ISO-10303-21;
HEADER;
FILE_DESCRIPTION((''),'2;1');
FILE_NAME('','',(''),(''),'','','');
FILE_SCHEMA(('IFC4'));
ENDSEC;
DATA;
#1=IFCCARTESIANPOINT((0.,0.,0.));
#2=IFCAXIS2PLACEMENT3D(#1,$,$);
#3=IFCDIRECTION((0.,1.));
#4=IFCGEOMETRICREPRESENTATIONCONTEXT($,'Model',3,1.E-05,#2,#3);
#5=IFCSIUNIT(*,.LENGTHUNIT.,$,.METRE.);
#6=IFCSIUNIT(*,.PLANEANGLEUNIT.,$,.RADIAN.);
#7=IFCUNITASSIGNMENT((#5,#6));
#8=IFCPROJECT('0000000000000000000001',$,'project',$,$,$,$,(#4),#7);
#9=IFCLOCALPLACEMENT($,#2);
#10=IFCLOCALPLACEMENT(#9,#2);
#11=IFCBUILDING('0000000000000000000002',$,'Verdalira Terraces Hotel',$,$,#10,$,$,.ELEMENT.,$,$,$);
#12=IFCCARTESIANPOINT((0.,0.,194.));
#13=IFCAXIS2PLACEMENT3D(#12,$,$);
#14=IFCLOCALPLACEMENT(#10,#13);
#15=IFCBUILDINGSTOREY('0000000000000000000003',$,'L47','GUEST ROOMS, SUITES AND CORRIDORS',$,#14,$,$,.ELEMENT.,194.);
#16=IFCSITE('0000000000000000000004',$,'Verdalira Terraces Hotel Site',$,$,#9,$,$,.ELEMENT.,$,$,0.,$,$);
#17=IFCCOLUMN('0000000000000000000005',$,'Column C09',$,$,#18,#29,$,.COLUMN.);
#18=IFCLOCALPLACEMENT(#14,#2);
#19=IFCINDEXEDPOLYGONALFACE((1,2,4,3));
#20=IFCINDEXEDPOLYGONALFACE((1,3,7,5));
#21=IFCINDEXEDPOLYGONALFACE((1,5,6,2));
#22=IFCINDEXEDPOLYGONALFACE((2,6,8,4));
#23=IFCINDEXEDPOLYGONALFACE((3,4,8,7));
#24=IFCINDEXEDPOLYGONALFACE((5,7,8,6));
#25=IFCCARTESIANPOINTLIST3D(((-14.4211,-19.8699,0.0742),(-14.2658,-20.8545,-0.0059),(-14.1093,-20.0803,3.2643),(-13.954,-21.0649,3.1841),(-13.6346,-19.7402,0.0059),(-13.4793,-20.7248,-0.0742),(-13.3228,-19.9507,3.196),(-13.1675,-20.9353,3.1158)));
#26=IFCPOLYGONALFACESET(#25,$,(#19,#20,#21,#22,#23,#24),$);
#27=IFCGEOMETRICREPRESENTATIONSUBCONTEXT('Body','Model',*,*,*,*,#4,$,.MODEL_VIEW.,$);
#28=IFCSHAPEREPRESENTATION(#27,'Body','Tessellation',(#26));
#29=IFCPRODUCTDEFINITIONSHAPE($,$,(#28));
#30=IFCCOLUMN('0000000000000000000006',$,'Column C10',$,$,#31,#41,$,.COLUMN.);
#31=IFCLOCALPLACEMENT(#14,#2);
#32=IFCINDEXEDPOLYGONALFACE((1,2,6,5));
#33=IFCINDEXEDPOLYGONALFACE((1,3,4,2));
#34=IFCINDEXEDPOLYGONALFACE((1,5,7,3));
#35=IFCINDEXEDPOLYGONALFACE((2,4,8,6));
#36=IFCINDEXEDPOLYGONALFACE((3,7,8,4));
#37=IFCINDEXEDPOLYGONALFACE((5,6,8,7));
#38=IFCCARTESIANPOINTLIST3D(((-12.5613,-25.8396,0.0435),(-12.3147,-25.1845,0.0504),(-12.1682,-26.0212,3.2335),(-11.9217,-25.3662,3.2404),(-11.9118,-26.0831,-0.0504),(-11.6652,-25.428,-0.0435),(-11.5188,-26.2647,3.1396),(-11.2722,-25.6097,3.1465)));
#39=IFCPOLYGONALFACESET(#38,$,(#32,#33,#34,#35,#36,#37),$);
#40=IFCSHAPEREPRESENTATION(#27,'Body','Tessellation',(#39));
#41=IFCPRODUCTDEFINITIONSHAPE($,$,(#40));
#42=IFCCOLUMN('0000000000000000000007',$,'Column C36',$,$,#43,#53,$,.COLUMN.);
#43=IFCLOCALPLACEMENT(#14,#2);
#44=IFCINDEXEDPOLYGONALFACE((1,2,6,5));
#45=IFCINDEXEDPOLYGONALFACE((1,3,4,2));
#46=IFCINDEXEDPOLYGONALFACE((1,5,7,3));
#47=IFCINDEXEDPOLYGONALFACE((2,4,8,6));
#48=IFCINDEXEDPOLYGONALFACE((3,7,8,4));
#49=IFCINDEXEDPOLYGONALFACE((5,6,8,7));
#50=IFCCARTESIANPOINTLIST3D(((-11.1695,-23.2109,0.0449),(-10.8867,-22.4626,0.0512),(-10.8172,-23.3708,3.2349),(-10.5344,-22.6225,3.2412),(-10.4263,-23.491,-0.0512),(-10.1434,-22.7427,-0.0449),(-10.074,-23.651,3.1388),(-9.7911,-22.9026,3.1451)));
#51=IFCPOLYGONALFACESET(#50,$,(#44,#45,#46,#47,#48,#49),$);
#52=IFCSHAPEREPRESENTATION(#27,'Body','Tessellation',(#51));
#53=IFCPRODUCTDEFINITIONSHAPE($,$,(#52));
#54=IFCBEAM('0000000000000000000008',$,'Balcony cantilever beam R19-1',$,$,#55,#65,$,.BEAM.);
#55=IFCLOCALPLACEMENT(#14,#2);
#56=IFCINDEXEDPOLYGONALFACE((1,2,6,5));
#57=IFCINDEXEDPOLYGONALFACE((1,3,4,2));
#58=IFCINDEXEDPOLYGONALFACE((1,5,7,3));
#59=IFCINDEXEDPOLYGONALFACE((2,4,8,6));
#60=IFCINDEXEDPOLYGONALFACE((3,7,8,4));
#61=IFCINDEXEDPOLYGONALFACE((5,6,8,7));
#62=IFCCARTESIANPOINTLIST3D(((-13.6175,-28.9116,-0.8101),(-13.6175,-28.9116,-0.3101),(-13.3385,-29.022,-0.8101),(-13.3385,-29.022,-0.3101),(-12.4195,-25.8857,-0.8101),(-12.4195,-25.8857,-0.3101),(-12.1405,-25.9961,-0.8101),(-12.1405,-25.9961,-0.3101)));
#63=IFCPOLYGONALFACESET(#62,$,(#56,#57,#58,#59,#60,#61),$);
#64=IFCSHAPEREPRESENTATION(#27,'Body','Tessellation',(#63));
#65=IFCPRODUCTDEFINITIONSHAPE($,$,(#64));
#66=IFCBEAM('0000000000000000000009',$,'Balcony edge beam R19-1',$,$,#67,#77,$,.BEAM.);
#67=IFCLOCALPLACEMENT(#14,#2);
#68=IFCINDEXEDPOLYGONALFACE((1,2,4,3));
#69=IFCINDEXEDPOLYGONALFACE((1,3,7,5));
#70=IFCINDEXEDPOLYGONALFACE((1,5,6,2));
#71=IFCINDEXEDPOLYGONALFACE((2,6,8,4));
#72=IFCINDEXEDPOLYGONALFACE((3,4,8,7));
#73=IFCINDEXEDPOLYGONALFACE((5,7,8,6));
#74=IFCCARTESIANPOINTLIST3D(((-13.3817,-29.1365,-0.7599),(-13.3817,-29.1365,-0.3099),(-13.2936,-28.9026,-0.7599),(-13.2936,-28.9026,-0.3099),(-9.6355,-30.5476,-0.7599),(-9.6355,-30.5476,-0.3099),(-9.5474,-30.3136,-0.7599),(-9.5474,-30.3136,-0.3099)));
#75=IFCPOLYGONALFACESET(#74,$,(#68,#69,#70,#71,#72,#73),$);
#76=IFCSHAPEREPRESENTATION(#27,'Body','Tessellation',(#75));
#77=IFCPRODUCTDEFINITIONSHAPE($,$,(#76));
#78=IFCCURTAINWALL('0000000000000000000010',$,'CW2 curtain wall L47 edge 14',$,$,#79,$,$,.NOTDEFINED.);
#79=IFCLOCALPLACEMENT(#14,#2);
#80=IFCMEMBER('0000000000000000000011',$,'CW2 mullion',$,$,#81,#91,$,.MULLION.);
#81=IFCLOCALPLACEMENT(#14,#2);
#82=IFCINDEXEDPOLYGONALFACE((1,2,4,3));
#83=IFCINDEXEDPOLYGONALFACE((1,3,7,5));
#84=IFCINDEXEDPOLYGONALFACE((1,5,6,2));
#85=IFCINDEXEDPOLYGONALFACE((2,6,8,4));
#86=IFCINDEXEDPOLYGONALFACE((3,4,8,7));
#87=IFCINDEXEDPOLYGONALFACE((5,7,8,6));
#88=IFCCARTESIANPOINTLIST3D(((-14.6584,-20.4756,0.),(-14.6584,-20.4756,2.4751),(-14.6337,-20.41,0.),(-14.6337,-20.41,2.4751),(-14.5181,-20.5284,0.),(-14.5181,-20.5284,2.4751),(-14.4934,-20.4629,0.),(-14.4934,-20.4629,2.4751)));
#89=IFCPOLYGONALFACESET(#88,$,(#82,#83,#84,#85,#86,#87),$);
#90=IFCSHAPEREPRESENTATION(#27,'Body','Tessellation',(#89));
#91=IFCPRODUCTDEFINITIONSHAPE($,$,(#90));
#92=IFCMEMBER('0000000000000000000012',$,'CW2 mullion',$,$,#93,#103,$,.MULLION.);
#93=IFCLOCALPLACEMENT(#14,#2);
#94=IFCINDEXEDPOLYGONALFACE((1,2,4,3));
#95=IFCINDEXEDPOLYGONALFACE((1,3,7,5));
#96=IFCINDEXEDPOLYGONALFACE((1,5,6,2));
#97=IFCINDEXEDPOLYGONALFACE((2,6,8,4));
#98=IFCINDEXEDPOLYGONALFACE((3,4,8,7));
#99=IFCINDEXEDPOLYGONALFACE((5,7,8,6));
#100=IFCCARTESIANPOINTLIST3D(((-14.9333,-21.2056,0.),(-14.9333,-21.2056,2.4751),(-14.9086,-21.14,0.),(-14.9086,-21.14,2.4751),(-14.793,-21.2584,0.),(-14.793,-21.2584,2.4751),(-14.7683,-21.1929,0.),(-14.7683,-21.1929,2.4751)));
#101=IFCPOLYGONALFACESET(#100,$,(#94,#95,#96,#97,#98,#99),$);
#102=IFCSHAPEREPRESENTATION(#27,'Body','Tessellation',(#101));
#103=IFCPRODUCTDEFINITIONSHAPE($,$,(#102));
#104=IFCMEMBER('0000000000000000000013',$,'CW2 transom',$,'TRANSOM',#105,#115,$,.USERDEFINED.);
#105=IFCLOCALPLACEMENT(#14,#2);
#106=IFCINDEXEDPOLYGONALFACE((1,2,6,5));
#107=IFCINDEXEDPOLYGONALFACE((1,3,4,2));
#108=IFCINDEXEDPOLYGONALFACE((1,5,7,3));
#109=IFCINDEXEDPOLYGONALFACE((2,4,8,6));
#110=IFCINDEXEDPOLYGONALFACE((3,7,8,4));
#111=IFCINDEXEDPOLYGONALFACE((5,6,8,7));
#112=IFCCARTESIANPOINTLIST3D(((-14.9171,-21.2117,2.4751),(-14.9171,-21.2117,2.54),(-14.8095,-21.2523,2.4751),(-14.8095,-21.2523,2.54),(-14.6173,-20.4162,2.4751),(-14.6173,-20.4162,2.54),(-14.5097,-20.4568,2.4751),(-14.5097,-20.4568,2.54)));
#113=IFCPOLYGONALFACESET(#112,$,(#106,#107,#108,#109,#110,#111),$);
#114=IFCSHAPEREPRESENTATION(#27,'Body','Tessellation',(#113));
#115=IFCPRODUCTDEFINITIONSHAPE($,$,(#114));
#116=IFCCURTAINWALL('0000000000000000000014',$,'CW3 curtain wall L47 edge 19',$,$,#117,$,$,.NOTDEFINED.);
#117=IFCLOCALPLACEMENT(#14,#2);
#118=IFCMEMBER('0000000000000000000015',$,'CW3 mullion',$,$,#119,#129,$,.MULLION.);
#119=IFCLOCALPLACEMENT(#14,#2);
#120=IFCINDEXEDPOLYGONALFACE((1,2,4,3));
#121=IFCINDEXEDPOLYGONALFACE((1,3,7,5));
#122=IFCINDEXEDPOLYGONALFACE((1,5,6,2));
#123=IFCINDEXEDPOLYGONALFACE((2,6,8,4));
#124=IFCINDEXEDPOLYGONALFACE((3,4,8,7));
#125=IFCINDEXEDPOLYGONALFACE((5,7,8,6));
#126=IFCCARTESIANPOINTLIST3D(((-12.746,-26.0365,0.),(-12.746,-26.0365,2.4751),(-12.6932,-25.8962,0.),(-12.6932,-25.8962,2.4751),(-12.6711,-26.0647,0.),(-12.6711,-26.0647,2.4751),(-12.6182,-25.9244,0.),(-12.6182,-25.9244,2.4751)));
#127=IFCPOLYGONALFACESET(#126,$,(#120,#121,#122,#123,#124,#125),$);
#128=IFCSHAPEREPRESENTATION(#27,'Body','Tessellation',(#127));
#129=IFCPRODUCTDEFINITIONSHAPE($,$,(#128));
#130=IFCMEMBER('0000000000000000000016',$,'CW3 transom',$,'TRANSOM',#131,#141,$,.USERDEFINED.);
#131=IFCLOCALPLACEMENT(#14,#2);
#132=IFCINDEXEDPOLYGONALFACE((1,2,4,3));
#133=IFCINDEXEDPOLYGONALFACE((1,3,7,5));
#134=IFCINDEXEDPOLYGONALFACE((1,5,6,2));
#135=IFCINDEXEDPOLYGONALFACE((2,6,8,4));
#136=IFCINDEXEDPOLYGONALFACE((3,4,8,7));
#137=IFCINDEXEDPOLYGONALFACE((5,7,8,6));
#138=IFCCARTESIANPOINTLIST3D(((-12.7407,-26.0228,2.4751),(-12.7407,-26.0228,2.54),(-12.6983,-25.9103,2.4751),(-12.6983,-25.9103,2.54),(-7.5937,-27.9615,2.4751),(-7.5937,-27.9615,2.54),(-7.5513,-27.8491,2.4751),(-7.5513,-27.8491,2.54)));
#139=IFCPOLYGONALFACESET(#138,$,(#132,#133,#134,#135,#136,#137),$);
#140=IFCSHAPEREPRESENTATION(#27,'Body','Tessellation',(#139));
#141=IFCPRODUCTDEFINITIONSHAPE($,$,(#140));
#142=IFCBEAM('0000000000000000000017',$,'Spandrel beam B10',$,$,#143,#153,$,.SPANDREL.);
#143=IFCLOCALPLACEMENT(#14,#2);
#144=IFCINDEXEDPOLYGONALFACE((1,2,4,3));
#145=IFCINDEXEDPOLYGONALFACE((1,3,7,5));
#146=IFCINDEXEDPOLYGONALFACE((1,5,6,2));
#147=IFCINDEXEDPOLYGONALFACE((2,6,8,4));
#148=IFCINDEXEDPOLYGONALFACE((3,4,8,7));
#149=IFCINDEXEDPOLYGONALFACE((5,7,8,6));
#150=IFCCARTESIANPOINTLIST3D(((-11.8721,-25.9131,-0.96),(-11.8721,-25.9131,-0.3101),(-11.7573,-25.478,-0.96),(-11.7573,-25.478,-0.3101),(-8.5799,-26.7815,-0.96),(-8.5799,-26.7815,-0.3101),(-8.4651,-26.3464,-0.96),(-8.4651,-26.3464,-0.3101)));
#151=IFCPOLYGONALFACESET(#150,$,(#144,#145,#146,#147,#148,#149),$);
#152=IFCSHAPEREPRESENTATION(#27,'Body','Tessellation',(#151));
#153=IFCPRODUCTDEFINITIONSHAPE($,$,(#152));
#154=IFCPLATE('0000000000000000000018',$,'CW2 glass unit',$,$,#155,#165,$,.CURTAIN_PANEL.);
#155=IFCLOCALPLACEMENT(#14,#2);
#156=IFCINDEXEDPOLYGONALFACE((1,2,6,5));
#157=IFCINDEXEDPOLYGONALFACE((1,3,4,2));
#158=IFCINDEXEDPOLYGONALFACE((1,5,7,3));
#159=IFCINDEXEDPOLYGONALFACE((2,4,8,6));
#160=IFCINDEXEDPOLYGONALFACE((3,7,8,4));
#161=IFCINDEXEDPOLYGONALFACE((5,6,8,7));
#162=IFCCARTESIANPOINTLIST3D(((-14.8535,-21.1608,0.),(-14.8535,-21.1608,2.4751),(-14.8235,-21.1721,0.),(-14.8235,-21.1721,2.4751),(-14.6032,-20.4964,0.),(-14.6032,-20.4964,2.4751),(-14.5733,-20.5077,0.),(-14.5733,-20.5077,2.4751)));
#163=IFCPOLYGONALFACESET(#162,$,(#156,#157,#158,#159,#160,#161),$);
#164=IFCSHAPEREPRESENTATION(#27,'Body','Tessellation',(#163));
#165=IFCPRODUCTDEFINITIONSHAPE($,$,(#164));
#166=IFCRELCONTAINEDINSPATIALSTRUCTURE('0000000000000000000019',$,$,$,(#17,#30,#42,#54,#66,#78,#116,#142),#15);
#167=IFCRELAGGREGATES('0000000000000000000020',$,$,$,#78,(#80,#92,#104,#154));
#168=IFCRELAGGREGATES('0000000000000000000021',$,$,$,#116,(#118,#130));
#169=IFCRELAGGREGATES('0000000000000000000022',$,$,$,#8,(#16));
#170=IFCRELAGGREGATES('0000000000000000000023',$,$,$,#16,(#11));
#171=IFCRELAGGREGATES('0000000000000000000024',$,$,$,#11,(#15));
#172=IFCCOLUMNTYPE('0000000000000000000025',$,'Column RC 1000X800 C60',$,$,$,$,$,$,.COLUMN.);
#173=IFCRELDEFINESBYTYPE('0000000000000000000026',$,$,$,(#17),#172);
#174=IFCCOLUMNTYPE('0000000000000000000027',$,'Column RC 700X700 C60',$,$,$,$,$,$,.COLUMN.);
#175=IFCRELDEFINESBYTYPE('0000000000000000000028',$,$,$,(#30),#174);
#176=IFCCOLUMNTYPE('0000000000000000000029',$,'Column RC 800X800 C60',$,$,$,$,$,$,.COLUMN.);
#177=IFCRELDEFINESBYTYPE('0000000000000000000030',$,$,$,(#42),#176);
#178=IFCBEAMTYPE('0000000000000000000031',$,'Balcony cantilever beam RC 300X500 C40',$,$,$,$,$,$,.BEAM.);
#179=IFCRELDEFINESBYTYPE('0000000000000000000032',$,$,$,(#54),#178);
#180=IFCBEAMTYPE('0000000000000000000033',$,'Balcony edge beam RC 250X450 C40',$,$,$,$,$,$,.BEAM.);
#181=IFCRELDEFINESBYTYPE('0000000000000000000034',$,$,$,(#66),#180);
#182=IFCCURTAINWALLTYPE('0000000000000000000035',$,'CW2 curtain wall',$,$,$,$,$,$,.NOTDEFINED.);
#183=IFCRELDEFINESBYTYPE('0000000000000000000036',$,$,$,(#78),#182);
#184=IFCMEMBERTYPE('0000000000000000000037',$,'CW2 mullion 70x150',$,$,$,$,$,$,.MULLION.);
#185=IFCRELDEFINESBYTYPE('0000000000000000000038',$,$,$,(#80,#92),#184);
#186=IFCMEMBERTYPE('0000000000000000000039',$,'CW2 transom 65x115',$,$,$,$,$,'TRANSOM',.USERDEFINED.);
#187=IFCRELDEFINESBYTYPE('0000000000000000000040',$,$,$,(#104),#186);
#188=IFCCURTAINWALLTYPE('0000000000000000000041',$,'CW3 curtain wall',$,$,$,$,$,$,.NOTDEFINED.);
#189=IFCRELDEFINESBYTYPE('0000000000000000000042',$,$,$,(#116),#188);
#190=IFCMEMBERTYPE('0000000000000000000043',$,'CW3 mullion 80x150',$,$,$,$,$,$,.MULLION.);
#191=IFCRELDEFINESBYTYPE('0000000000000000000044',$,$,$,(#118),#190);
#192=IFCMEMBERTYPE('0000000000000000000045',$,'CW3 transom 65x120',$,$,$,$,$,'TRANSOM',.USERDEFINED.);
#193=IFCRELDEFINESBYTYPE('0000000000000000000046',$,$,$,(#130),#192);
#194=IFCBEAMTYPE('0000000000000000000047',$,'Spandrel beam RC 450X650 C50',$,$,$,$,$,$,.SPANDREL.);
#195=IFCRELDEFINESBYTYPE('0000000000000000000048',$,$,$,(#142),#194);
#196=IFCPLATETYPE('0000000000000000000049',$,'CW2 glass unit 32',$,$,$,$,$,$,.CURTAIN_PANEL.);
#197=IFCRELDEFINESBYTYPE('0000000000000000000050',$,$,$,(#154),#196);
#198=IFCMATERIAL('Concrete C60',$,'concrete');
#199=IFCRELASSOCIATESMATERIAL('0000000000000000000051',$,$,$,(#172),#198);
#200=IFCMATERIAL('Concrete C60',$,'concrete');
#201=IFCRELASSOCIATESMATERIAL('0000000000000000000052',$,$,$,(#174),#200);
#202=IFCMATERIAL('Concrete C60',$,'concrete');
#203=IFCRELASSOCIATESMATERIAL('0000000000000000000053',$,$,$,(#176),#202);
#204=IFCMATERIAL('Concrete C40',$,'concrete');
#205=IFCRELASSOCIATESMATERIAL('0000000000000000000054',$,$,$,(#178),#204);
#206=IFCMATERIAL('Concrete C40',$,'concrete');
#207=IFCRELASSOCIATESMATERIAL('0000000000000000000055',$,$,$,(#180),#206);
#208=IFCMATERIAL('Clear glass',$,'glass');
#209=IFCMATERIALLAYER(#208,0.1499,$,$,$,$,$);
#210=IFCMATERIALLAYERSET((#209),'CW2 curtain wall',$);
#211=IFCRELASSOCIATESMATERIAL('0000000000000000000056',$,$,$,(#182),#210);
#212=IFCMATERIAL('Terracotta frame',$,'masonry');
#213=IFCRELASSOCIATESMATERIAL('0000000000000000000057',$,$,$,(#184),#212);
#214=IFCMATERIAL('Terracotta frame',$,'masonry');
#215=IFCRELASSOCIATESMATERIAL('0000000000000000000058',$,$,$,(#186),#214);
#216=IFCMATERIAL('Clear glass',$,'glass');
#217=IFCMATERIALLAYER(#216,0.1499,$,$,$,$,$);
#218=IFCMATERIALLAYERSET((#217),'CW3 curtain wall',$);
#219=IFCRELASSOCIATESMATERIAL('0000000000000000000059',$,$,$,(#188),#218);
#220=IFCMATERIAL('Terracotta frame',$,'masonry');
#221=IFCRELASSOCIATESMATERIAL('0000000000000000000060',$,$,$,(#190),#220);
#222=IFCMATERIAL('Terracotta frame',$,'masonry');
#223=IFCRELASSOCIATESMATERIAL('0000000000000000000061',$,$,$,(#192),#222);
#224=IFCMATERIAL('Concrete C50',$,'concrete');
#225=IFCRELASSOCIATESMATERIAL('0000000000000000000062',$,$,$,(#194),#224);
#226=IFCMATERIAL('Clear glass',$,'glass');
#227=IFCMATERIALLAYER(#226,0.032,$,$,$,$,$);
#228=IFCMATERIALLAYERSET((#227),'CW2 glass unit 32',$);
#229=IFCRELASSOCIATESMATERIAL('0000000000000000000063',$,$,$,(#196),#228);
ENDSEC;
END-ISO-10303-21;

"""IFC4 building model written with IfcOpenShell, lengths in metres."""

from ifc_helpers import new_model, si_unit, direction, frame, origin, origin_2d, place, context, subcontext, project, spatial, rectangle, extrude, material, layer, layer_set, material_profile, profile_set, type_object, element, aggregate, save


model = new_model("IFC4")

# Units and contexts
model_context = context("Model", 3, precision=1e-05, world=origin(), true_north=direction((0.0, 1.0)))
body_context = subcontext(model_context, "Body", "Model", "MODEL_VIEW")
ifc_project = project(units=[si_unit("LENGTHUNIT", "METRE"), si_unit("PLANEANGLEUNIT", "RADIAN")], contexts=[model_context])

# Site, building, storey
site_placement = place(None, origin())
site = spatial("IfcSite", under=ifc_project, at=site_placement, Name="Verdalira Terraces Hotel Site", CompositionType="ELEMENT", RefElevation=0.0)
building_placement = place(site_placement, origin())
building = spatial("IfcBuilding", under=site, at=building_placement, Name="Verdalira Terraces Hotel", CompositionType="ELEMENT")
storey_placement = place(building_placement, frame((0.0, 0.0, 194.0)))
storey = spatial("IfcBuildingStorey", under=building, at=storey_placement, Name="L47", Description="GUEST ROOMS, SUITES AND CORRIDORS", CompositionType="ELEMENT", Elevation=194.0)

# Columns
ifc_material_1 = material(Name="Concrete C60", Category="concrete")
ifc_material_profile_1 = material_profile(ifc_material_1, rectangle(XDim=1.0, YDim=0.8, at=origin_2d()), Name="RC 1000X800")
ifc_profile_set_1 = profile_set([ifc_material_profile_1], Name="Concrete C60")
column_type_1 = type_object("IfcColumnType", Name="Column RC 1000X800 C60", PredefinedType="COLUMN", material=ifc_profile_set_1)
column_1_placement = place(storey_placement, frame((-13.9502, -20.2974, 0.0), z_axis=(0.097062, -0.065519, 0.993119), x_axis=(-0.155337, 0.984606, 0.080139)))
element("IfcColumn", 1, at=column_1_placement, inside=storey, type_object=column_type_1, Name="Column C09", PredefinedType="COLUMN", context=body_context, shape_type="SweptSolid", body=[
    extrude(rectangle(XDim=1.0, YDim=0.8, at=origin_2d()), origin(), (0.0, 0.0, 1.0), 3.2122),
])
ifc_material_2 = material(Name="Concrete C60", Category="concrete")
ifc_material_profile_2 = material_profile(ifc_material_2, rectangle(XDim=0.7, YDim=0.7, at=origin_2d()), Name="RC 700X700")
ifc_profile_set_2 = profile_set([ifc_material_profile_2], Name="Concrete C60")
column_type_2 = type_object("IfcColumnType", Name="Column RC 700X700 C60", PredefinedType="COLUMN", material=ifc_profile_set_2)
column_2_placement = place(storey_placement, frame((-12.1133, -25.6338, 0.0), z_axis=(0.122101, -0.056424, 0.990913), x_axis=(0.927888, -0.347891, -0.134144)))
element("IfcColumn", 2, at=column_2_placement, inside=storey, type_object=column_type_2, Name="Column C10", PredefinedType="COLUMN", context=body_context, shape_type="SweptSolid", body=[
    extrude(rectangle(XDim=0.7, YDim=0.7, at=origin_2d()), origin(), (0.0, 0.0, 1.0), 3.2192),
])
ifc_material_3 = material(Name="Concrete C60", Category="concrete")
ifc_material_profile_3 = material_profile(ifc_material_3, rectangle(XDim=0.8, YDim=0.8, at=origin_2d()), Name="RC 800X800")
ifc_profile_set_3 = profile_set([ifc_material_profile_3], Name="Concrete C60")
column_type_3 = type_object("IfcColumnType", Name="Column RC 800X800 C60", PredefinedType="COLUMN", material=ifc_profile_set_3)
column_3_placement = place(storey_placement, frame((-10.6565, -22.9768, 0.0), z_axis=(0.109636, -0.049765, 0.992725), x_axis=(-0.353579, -0.935372, -0.007841)))
element("IfcColumn", 3, at=column_3_placement, inside=storey, type_object=column_type_3, Name="Column C36", PredefinedType="COLUMN", context=body_context, shape_type="SweptSolid", body=[
    extrude(rectangle(XDim=0.8, YDim=0.8, at=origin_2d()), origin(), (0.0, 0.0, 1.0), 3.2134),
])

# Beams
ifc_material_4 = material(Name="Concrete C40", Category="concrete")
ifc_material_profile_4 = material_profile(ifc_material_4, rectangle(XDim=0.3, YDim=0.5, at=origin_2d()), Name="RC 300X500")
ifc_profile_set_4 = profile_set([ifc_material_profile_4], Name="Concrete C40")
beam_type_1 = type_object("IfcBeamType", Name="Balcony cantilever beam RC 300X500 C40", PredefinedType="BEAM", material=ifc_profile_set_4)
beam_1_placement = place(storey_placement, frame((-12.28, -25.9409, -0.5601), z_axis=(-0.368116, -0.92978, 0.0), x_axis=(0.92978, -0.368116, 0.0)))
element("IfcBeam", 4, at=beam_1_placement, inside=storey, type_object=beam_type_1, Name="Balcony cantilever beam R19-1", PredefinedType="BEAM", context=body_context, shape_type="SweptSolid", body=[
    extrude(rectangle(XDim=0.3, YDim=0.5, at=origin_2d()), origin(), (0.0, 0.0, 1.0), 3.2544),
])
ifc_material_5 = material(Name="Concrete C40", Category="concrete")
ifc_material_profile_5 = material_profile(ifc_material_5, rectangle(XDim=0.25, YDim=0.45, at=origin_2d()), Name="RC 250X450")
ifc_profile_set_5 = profile_set([ifc_material_profile_5], Name="Concrete C40")
beam_type_2 = type_object("IfcBeamType", Name="Balcony edge beam RC 250X450 C40", PredefinedType="BEAM", material=ifc_profile_set_5)
beam_2_placement = place(storey_placement, frame((-13.3376, -29.0195, -0.5349), z_axis=(0.935814, -0.352493, 0.0), x_axis=(0.352493, 0.935814, 0.0)))
element("IfcBeam", 5, at=beam_2_placement, inside=storey, type_object=beam_type_2, Name="Balcony edge beam R19-1", PredefinedType="BEAM", context=body_context, shape_type="SweptSolid", body=[
    extrude(rectangle(XDim=0.25, YDim=0.45, at=origin_2d()), origin(), (0.0, 0.0, 1.0), 4.0032),
])

# Curtain walls, members
ifc_material_6 = material(Name="Clear glass", Category="glass")
ifc_layer_1 = layer(ifc_material_6, 0.1499)
ifc_layer_set_1 = layer_set([ifc_layer_1], Name="CW2 curtain wall")
curtain_wall_type_1 = type_object("IfcCurtainWallType", Name="CW2 curtain wall", PredefinedType="NOTDEFINED", material=ifc_layer_set_1)
curtain_wall_1_placement = place(storey_placement, origin())
curtain_wall_1 = element("IfcCurtainWall", 6, at=curtain_wall_1_placement, inside=storey, type_object=curtain_wall_type_1, Name="CW2 curtain wall L47 edge 14", PredefinedType="NOTDEFINED")
ifc_material_7 = material(Name="Terracotta frame", Category="masonry")
ifc_material_profile_6 = material_profile(ifc_material_7, rectangle(XDim=0.0701, YDim=0.1499, at=origin_2d()), Name="MU 70x150")
ifc_profile_set_6 = profile_set([ifc_material_profile_6], Name="Terracotta frame")
member_type_1 = type_object("IfcMemberType", Name="CW2 mullion 70x150", PredefinedType="MULLION", material=ifc_profile_set_6)
member_1_placement = place(storey_placement, frame((-14.5759, -20.4692, 0.0), z_axis=(0.0, 0.0, 1.0), x_axis=(-0.352495, -0.935814, 0.0)))
member_1 = element("IfcMember", 7, at=member_1_placement, type_object=member_type_1, Name="CW2 mullion", PredefinedType="MULLION", context=body_context, shape_type="SweptSolid", body=[
    extrude(rectangle(XDim=0.0701, YDim=0.1499, at=origin_2d()), origin(), (0.0, 0.0, 1.0), 2.4751),
])
member_2_placement = place(storey_placement, frame((-14.8508, -21.1992, 0.0), z_axis=(0.0, 0.0, 1.0), x_axis=(-0.352495, -0.935814, 0.0)))
member_2 = element("IfcMember", 8, at=member_2_placement, type_object=member_type_1, Name="CW2 mullion", PredefinedType="MULLION", context=body_context, shape_type="SweptSolid", body=[
    extrude(rectangle(XDim=0.0701, YDim=0.1499, at=origin_2d()), origin(), (0.0, 0.0, 1.0), 2.4751),
])
ifc_material_8 = material(Name="Terracotta frame", Category="masonry")
ifc_material_profile_7 = material_profile(ifc_material_8, rectangle(XDim=0.115, YDim=0.0649, at=origin_2d()), Name="TR 65x115")
ifc_profile_set_7 = profile_set([ifc_material_profile_7], Name="Terracotta frame")
member_type_2 = type_object("IfcMemberType", Name="CW2 transom 65x115", ElementType="TRANSOM", PredefinedType="USERDEFINED", material=ifc_profile_set_7)
member_3_placement = place(storey_placement, frame((-14.5635, -20.4365, 2.5076), z_axis=(-0.352697, -0.935738, 0.0), x_axis=(0.935738, -0.352697, 0.0)))
member_3 = element("IfcMember", 9, at=member_3_placement, type_object=member_type_2, Name="CW2 transom", ObjectType="TRANSOM", PredefinedType="USERDEFINED", context=body_context, shape_type="SweptSolid", body=[
    extrude(rectangle(XDim=0.115, YDim=0.0649, at=origin_2d()), origin(), (0.0, 0.0, 1.0), 0.8501),
])
ifc_material_9 = material(Name="Clear glass", Category="glass")
ifc_layer_2 = layer(ifc_material_9, 0.1499)
ifc_layer_set_2 = layer_set([ifc_layer_2], Name="CW3 curtain wall")
curtain_wall_type_2 = type_object("IfcCurtainWallType", Name="CW3 curtain wall", PredefinedType="NOTDEFINED", material=ifc_layer_set_2)
curtain_wall_2_placement = place(storey_placement, origin())
curtain_wall_2 = element("IfcCurtainWall", 10, at=curtain_wall_2_placement, inside=storey, type_object=curtain_wall_type_2, Name="CW3 curtain wall L47 edge 19", PredefinedType="NOTDEFINED")
ifc_material_10 = material(Name="Terracotta frame", Category="masonry")
ifc_material_profile_8 = material_profile(ifc_material_10, rectangle(XDim=0.0801, YDim=0.1499, at=origin_2d()), Name="MU 80x150")
ifc_profile_set_8 = profile_set([ifc_material_profile_8], Name="Terracotta frame")
member_type_3 = type_object("IfcMemberType", Name="CW3 mullion 80x150", PredefinedType="MULLION", material=ifc_profile_set_8)
member_4_placement = place(storey_placement, frame((-12.6821, -25.9805, 0.0), z_axis=(0.0, 0.0, 1.0), x_axis=(0.935814, -0.352495, 0.0)))
member_4 = element("IfcMember", 11, at=member_4_placement, type_object=member_type_3, Name="CW3 mullion", PredefinedType="MULLION", context=body_context, shape_type="SweptSolid", body=[
    extrude(rectangle(XDim=0.0801, YDim=0.1499, at=origin_2d()), origin(), (0.0, 0.0, 1.0), 2.4751),
])
ifc_material_11 = material(Name="Terracotta frame", Category="masonry")
ifc_material_profile_9 = material_profile(ifc_material_11, rectangle(XDim=0.1201, YDim=0.0649, at=origin_2d()), Name="TR 65x120")
ifc_profile_set_9 = profile_set([ifc_material_profile_9], Name="Terracotta frame")
member_type_4 = type_object("IfcMemberType", Name="CW3 transom 65x120", ElementType="TRANSOM", PredefinedType="USERDEFINED", material=ifc_profile_set_9)
member_5_placement = place(storey_placement, frame((-12.7195, -25.9666, 2.5076), z_axis=(0.935814, -0.352495, 0.0), x_axis=(0.352495, 0.935814, 0.0)))
member_5 = element("IfcMember", 12, at=member_5_placement, type_object=member_type_4, Name="CW3 transom", ObjectType="TRANSOM", PredefinedType="USERDEFINED", context=body_context, shape_type="SweptSolid", body=[
    extrude(rectangle(XDim=0.1201, YDim=0.0649, at=origin_2d()), origin(), (0.0, 0.0, 1.0), 5.5),
])

# Beam
ifc_material_12 = material(Name="Concrete C50", Category="concrete")
ifc_material_profile_10 = material_profile(ifc_material_12, rectangle(XDim=0.45, YDim=0.6499, at=origin_2d()), Name="RC 450X650")
ifc_profile_set_10 = profile_set([ifc_material_profile_10], Name="Concrete C50")
beam_type_3 = type_object("IfcBeamType", Name="Spandrel beam RC 450X650 C50", PredefinedType="SPANDREL", material=ifc_profile_set_10)
beam_3_placement = place(storey_placement, frame((-11.8147, -25.6956, -0.635), z_axis=(0.966928, -0.255051, 0.0), x_axis=(0.255051, 0.966928, 0.0)))
element("IfcBeam", 13, at=beam_3_placement, inside=storey, type_object=beam_type_3, Name="Spandrel beam B10", PredefinedType="SPANDREL", context=body_context, shape_type="SweptSolid", body=[
    extrude(rectangle(XDim=0.45, YDim=0.6499, at=origin_2d()), origin(), (0.0, 0.0, 1.0), 3.4048),
])

# Plate
ifc_material_13 = material(Name="Clear glass", Category="glass")
ifc_layer_3 = layer(ifc_material_13, 0.032)
ifc_layer_set_3 = layer_set([ifc_layer_3], Name="CW2 glass unit 32")
plate_type_1 = type_object("IfcPlateType", Name="CW2 glass unit 32", PredefinedType="CURTAIN_PANEL", material=ifc_layer_set_3)
plate_1_placement = place(storey_placement, frame((-14.7134, -20.8342, 0.0), z_axis=(0.0, 0.0, 1.0), x_axis=(-0.352495, -0.935814, 0.0)))
plate_1 = element("IfcPlate", 14, at=plate_1_placement, type_object=plate_type_1, Name="CW2 glass unit", PredefinedType="CURTAIN_PANEL", context=body_context, shape_type="SweptSolid", body=[
    extrude(rectangle(XDim=0.71, YDim=0.032, at=origin_2d()), origin(), (0.0, 0.0, 1.0), 2.4751),
])
aggregate(curtain_wall_1, [member_1, member_2, member_3, plate_1])
aggregate(curtain_wall_2, [member_4, member_5])

save(model, "model.ifc")
